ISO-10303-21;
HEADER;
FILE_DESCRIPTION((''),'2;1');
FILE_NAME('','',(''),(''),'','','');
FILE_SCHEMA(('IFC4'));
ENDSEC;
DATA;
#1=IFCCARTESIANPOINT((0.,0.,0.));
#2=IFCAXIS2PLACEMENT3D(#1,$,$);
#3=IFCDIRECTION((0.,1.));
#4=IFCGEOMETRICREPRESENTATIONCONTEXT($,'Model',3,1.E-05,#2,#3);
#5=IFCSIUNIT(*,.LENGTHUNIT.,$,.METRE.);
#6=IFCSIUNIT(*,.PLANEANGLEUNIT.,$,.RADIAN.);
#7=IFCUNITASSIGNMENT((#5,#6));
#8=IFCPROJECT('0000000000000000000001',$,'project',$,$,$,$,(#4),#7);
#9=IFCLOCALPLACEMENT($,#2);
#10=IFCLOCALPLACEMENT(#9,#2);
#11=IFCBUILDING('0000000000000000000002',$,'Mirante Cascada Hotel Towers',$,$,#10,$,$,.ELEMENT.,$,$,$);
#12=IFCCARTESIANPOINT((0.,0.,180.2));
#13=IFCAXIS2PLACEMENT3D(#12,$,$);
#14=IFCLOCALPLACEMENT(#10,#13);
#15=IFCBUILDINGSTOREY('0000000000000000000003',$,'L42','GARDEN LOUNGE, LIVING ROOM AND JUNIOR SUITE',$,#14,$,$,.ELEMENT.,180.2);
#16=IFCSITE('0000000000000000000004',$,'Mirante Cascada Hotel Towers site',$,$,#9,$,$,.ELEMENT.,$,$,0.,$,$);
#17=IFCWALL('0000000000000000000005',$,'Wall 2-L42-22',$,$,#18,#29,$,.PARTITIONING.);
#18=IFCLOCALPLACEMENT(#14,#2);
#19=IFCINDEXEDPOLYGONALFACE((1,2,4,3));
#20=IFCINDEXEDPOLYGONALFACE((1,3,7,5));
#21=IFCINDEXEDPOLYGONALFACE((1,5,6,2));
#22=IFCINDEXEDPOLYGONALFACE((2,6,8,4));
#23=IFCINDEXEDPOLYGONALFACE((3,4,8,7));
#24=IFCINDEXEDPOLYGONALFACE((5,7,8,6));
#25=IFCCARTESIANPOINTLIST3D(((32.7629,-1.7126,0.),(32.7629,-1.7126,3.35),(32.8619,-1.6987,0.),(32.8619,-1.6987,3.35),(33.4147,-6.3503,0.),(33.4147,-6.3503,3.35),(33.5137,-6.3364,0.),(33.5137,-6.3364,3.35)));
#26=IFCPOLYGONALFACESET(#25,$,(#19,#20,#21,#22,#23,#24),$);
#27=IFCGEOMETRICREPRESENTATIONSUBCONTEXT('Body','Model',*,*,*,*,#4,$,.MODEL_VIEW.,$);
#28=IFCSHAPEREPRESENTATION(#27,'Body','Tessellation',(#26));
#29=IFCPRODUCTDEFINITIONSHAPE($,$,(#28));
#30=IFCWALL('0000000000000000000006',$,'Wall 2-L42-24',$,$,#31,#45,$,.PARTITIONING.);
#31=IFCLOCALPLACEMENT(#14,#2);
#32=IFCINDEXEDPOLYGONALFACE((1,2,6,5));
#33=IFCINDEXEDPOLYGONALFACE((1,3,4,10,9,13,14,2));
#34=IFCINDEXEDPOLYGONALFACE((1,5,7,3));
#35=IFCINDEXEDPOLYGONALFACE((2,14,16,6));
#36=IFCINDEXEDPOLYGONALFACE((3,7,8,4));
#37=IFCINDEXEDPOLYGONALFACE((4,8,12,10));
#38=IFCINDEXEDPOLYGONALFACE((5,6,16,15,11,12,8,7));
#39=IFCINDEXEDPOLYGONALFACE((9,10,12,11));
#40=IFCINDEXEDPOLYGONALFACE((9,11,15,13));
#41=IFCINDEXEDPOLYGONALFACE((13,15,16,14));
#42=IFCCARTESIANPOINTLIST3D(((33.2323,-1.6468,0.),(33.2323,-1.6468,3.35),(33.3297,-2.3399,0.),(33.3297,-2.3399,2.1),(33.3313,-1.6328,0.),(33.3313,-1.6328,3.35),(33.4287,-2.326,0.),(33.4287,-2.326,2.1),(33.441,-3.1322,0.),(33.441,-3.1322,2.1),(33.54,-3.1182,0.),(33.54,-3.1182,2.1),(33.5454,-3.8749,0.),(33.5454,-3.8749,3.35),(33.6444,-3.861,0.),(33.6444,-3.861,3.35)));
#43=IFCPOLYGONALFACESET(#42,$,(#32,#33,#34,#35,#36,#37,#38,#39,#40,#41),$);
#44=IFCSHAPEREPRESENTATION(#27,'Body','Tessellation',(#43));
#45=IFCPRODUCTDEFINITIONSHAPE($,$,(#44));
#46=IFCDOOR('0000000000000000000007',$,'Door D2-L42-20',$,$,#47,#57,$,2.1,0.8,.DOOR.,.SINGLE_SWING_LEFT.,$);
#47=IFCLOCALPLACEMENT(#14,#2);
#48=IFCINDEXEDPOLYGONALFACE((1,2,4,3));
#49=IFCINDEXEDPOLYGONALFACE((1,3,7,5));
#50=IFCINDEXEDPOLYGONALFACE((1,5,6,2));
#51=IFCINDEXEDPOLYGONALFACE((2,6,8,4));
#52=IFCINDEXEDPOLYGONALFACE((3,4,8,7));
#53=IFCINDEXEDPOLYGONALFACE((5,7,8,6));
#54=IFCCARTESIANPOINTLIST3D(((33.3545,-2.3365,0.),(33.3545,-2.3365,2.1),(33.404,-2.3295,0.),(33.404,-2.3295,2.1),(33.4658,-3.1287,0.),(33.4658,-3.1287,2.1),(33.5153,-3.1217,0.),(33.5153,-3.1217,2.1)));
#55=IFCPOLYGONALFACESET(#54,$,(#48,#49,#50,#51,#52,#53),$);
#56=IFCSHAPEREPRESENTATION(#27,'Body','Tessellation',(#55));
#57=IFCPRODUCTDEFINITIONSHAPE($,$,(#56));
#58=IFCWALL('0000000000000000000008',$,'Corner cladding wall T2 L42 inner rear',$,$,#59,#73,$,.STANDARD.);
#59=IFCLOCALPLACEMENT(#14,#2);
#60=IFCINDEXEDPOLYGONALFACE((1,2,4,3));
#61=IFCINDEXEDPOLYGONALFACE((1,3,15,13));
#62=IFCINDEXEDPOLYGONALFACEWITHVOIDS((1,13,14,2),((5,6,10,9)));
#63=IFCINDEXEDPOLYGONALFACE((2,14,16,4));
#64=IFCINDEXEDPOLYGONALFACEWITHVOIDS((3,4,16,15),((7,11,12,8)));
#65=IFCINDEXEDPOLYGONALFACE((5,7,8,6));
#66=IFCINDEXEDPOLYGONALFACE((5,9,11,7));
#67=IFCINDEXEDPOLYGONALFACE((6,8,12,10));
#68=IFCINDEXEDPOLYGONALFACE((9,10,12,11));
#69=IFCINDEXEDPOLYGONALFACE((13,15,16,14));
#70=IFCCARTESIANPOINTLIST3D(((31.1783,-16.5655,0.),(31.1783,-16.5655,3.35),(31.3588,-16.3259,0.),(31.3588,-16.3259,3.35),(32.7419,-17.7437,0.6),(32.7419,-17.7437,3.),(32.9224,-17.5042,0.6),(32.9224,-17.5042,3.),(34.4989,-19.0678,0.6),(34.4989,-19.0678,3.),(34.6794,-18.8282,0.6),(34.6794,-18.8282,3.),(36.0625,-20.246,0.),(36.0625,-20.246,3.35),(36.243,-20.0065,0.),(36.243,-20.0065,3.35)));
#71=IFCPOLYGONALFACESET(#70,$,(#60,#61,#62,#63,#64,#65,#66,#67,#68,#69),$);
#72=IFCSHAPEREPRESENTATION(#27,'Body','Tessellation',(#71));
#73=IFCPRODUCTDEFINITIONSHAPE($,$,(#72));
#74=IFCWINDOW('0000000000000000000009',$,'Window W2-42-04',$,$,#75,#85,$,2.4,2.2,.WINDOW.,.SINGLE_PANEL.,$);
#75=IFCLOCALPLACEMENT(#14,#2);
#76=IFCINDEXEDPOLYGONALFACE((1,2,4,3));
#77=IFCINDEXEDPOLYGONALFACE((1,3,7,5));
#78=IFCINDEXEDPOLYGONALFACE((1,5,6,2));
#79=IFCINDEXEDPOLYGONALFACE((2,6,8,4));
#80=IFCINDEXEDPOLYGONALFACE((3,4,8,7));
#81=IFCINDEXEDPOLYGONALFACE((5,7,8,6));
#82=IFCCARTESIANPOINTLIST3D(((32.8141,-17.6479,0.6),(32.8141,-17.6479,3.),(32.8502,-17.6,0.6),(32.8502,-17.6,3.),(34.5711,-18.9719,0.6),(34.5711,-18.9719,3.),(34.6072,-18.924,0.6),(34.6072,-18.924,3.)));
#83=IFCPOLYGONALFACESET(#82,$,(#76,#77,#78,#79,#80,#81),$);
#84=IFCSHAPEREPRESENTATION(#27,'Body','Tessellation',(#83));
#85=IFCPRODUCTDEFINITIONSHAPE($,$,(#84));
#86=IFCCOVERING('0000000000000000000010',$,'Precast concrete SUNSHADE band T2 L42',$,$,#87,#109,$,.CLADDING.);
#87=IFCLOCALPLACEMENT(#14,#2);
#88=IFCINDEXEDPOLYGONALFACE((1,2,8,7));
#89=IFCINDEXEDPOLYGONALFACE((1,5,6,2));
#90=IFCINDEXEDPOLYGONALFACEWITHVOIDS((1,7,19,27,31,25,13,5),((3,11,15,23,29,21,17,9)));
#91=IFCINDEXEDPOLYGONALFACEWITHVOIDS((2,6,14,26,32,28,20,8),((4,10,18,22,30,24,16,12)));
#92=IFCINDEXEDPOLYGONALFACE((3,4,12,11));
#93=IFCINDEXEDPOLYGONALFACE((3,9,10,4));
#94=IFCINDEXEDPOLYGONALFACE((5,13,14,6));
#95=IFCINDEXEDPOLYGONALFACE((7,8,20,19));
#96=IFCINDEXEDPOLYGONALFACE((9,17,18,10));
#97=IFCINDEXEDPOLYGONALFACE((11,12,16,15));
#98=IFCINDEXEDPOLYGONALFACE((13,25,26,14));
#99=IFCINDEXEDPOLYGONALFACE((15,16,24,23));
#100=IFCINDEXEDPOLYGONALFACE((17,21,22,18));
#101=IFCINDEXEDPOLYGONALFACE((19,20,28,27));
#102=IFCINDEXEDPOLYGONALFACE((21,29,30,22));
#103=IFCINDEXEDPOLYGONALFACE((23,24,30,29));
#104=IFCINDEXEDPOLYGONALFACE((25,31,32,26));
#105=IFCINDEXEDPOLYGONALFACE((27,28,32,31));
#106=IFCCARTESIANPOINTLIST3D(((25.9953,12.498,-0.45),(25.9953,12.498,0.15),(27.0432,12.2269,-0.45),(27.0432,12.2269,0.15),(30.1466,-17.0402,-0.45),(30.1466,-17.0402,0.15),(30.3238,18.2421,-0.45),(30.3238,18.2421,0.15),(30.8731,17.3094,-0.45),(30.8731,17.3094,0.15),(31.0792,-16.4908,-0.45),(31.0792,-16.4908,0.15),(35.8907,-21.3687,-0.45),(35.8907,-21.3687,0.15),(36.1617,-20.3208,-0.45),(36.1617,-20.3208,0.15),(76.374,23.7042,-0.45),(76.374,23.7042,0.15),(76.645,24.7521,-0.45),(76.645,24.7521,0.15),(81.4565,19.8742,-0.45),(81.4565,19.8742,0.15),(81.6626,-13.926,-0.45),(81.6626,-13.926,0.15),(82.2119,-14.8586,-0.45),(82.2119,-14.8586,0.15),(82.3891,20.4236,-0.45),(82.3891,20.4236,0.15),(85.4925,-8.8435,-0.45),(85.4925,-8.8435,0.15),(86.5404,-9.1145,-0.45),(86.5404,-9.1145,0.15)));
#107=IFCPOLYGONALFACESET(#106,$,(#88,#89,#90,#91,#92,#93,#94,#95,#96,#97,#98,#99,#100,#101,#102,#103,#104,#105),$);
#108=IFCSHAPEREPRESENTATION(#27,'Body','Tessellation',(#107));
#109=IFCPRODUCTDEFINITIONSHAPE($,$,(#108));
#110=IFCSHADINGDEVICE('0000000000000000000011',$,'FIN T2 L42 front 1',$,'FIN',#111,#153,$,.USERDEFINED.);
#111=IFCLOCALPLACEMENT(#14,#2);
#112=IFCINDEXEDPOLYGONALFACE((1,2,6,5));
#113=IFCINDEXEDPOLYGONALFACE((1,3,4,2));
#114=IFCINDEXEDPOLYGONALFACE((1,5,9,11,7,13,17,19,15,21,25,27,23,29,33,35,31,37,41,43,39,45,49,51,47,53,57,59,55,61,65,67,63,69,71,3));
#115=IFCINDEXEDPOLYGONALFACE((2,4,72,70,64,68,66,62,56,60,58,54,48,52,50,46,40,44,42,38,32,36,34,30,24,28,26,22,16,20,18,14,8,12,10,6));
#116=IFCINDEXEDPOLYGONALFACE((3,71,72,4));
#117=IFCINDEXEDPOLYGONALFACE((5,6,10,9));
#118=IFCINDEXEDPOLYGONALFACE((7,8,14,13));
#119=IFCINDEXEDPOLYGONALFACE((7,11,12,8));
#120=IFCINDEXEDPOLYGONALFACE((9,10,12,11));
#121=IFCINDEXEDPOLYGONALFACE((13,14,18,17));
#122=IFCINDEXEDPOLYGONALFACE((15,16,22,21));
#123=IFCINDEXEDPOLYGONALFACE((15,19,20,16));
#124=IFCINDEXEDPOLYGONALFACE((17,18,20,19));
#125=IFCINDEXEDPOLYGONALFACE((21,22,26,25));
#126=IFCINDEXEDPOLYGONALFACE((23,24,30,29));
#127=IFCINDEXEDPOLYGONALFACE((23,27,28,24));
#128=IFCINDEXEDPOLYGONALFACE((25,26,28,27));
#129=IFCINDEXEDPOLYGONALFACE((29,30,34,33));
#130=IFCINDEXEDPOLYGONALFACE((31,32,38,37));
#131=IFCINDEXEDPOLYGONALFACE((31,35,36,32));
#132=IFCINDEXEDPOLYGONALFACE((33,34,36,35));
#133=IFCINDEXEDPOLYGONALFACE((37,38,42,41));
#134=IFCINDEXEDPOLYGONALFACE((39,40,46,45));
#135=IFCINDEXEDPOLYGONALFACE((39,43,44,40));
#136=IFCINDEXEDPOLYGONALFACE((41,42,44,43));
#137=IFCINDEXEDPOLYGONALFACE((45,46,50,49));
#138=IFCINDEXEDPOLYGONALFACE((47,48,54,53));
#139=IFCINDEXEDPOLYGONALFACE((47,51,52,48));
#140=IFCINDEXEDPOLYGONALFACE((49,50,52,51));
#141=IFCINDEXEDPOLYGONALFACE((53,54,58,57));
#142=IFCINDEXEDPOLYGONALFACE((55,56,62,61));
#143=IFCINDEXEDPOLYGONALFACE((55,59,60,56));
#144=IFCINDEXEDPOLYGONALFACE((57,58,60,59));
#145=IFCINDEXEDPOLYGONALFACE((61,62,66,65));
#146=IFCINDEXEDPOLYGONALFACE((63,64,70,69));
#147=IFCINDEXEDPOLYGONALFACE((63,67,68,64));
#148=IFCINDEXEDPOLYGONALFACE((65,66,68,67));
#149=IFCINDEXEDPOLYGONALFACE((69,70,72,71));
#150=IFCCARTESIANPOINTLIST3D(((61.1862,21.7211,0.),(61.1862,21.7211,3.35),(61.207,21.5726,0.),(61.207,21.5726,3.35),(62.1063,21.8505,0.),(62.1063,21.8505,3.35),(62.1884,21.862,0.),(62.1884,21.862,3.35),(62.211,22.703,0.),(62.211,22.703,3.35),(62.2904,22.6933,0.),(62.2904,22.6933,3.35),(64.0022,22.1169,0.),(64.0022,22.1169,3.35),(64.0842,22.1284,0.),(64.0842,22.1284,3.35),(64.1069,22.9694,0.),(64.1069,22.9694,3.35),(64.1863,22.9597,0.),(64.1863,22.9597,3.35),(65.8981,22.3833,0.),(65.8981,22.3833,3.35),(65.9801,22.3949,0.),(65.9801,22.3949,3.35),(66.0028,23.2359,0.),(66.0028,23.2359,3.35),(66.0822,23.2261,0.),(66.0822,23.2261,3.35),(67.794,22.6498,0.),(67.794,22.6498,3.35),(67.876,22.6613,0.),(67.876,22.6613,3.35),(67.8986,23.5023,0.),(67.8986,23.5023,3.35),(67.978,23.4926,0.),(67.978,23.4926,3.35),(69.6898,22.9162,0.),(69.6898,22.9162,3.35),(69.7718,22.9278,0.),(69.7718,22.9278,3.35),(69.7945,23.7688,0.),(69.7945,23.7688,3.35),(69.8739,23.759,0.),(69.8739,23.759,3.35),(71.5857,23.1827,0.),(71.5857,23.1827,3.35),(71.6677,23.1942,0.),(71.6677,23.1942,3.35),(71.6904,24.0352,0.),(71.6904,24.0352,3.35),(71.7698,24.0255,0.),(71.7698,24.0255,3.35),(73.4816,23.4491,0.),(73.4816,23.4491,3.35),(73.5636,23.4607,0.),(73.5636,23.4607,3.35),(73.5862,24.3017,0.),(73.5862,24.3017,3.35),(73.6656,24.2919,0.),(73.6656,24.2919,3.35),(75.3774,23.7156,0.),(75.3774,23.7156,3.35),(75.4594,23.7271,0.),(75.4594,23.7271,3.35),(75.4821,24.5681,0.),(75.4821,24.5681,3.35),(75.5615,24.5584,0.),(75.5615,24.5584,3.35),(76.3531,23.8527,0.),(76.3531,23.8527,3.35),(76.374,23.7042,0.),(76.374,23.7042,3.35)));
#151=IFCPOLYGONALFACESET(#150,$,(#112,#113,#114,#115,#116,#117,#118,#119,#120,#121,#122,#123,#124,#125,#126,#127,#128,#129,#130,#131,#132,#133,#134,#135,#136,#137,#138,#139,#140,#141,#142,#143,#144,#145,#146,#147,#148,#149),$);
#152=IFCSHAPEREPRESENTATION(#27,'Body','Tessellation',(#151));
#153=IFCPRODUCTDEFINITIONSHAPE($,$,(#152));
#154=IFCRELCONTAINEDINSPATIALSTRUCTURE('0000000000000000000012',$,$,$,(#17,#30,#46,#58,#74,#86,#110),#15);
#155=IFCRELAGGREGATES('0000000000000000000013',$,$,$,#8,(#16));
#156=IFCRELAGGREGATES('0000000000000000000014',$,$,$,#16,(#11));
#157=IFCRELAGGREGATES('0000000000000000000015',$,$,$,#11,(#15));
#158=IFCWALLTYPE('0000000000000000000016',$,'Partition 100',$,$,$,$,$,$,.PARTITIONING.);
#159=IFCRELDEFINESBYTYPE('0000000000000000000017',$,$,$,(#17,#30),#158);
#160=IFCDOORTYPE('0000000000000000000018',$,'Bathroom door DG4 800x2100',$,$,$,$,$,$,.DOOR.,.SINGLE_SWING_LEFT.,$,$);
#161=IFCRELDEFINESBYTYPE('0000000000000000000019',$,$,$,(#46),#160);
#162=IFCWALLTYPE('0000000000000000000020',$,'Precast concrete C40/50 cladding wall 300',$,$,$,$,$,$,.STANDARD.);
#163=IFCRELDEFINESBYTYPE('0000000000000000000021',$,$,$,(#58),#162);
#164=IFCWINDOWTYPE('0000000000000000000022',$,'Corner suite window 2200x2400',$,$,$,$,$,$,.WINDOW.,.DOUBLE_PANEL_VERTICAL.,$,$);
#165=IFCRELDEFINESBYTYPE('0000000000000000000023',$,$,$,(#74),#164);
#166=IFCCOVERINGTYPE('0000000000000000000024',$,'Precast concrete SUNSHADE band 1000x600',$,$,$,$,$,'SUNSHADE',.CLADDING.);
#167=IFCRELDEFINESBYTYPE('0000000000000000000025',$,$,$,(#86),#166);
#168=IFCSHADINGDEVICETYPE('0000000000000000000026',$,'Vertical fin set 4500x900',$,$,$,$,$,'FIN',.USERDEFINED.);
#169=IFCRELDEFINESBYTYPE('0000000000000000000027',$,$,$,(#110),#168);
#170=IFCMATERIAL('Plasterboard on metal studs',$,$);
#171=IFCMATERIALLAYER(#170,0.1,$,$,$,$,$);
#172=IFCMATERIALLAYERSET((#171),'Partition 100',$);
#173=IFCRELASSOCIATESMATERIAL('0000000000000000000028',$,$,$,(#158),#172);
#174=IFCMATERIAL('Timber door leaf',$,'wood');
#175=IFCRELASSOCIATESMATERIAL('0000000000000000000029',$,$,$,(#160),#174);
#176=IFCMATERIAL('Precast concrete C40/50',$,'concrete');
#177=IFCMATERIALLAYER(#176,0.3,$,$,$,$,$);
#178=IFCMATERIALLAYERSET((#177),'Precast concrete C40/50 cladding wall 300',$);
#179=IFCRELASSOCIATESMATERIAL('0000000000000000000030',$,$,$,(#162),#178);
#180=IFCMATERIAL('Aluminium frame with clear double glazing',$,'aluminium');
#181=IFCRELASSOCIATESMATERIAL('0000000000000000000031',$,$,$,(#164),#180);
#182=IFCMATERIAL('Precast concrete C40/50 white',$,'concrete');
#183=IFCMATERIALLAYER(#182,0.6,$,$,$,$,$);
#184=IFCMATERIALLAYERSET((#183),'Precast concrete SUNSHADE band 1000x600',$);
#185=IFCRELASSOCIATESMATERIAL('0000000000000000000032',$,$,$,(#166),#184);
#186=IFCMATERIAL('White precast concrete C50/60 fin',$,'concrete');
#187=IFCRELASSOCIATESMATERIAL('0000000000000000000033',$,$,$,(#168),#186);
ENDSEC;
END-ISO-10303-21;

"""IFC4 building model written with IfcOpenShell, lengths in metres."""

from ifc_helpers import new_model, si_unit, direction, frame, frame_2d, origin, place, context, subcontext, project, spatial, polyline, rectangle, outline, extrude, material, layer, layer_set, type_object, element, fill, save


model = new_model("IFC4")

# Units and contexts
model_context = context("Model", 3, precision=1e-05, world=origin(), true_north=direction((0.0, 1.0)))
body_context = subcontext(model_context, "Body", "Model", "MODEL_VIEW")
ifc_project = project(units=[si_unit("LENGTHUNIT", "METRE"), si_unit("PLANEANGLEUNIT", "RADIAN")], contexts=[model_context])

# Site, building, storey
site_placement = place(None, origin())
site = spatial("IfcSite", under=ifc_project, at=site_placement, Name="Mirante Cascada Hotel Towers site", CompositionType="ELEMENT", RefElevation=0.0)
building_placement = place(site_placement, origin())
building = spatial("IfcBuilding", under=site, at=building_placement, Name="Mirante Cascada Hotel Towers", CompositionType="ELEMENT")
storey_placement = place(building_placement, frame((0.0, 0.0, 180.2)))
storey = spatial("IfcBuildingStorey", under=building, at=storey_placement, Name="L42", Description="GARDEN LOUNGE, LIVING ROOM AND JUNIOR SUITE", CompositionType="ELEMENT", Elevation=180.2)

# Shared definitions
ifc_material_1 = material(Name="Plasterboard on metal studs")
ifc_layer_1 = layer(ifc_material_1, 0.1)
ifc_layer_set_1 = layer_set([ifc_layer_1], Name="Partition 100")
wall_type_1 = type_object("IfcWallType", Name="Partition 100", PredefinedType="PARTITIONING", material=ifc_layer_set_1)

# Shared definitions
ifc_material_2 = material(Name="Timber door leaf", Category="wood")
door_type_1 = type_object("IfcDoorType", Name="Bathroom door DG4 800x2100", OperationType="SINGLE_SWING_LEFT", PredefinedType="DOOR", material=ifc_material_2)

# Wall
wall_1_placement = place(storey_placement, frame((32.8124, -1.7057, 0.0), z_axis=(0.0, 0.0, 1.0), x_axis=(0.139176, -0.990268, 0.0)))
element("IfcWall", 1, at=wall_1_placement, inside=storey, type_object=wall_type_1, Name="Wall 2-L42-22", PredefinedType="PARTITIONING", context=body_context, shape_type="SweptSolid", body=[
    extrude(rectangle(XDim=4.6833, YDim=0.1, at=frame_2d((2.3416, 0.0))), origin(), (0.0, 0.0, 1.0), 3.35),
])

# Wall, opening, door
wall_2_placement = place(storey_placement, frame((33.2818, -1.6398, 0.0), z_axis=(0.0, 0.0, 1.0), x_axis=(0.139156, -0.990271, 0.0)))
wall_2 = element("IfcWall", 2, at=wall_2_placement, inside=storey, type_object=wall_type_1, Name="Wall 2-L42-24", PredefinedType="PARTITIONING", context=body_context, shape_type="SweptSolid", body=[
    extrude(rectangle(XDim=2.25, YDim=0.1, at=frame_2d((1.125, 0.0))), origin(), (0.0, 0.0, 1.0), 3.35),
])
opening_1_placement = place(wall_2_placement, frame((0.7, 0.0, 0.0)))
opening_1 = element("IfcOpeningElement", 3, at=opening_1_placement, cuts=wall_2, PredefinedType="OPENING", context=body_context, shape_type="SweptSolid", body=[
    extrude(rectangle(XDim=0.8, YDim=2.1, at=frame_2d((0.4, 1.05))), frame((0.0, 0.05, 0.0), z_axis=(0.0, -1.0, 0.0), x_axis=(1.0, 0.0, 0.0)), (0.0, 0.0, 1.0), 0.1),
])
door_1_placement = place(opening_1_placement, origin())
door_1 = element("IfcDoor", 4, at=door_1_placement, inside=storey, type_object=door_type_1, Name="Door D2-L42-20", OperationType="SINGLE_SWING_LEFT", OverallHeight=2.1, OverallWidth=0.8, PredefinedType="DOOR", context=body_context, shape_type="SweptSolid", body=[
    extrude(rectangle(XDim=0.8, YDim=2.1, at=frame_2d((0.4, 1.05))), frame((0.0, 0.025, 0.0), z_axis=(0.0, -1.0, 0.0), x_axis=(1.0, 0.0, 0.0)), (0.0, 0.0, 1.0), 0.05),
])
fill(opening_1, door_1)

# Wall, opening, window
ifc_material_3 = material(Name="Precast concrete C40/50", Category="concrete")
ifc_layer_2 = layer(ifc_material_3, 0.3)
ifc_layer_set_2 = layer_set([ifc_layer_2], Name="Precast concrete C40/50 cladding wall 300")
wall_type_2 = type_object("IfcWallType", Name="Precast concrete C40/50 cladding wall 300", PredefinedType="STANDARD", material=ifc_layer_set_2)
wall_3_placement = place(storey_placement, frame((31.2686, -16.4457, 0.0), z_axis=(0.0, 0.0, 1.0), x_axis=(0.798628, -0.601824, 0.0)))
wall_3 = element("IfcWall", 5, at=wall_3_placement, inside=storey, type_object=wall_type_2, Name="Corner cladding wall T2 L42 inner rear", PredefinedType="STANDARD", context=body_context, shape_type="SweptSolid", body=[
    extrude(rectangle(XDim=6.1157, YDim=0.3, at=frame_2d((3.0578, 0.0))), origin(), (0.0, 0.0, 1.0), 3.35),
])
opening_2_placement = place(wall_3_placement, frame((1.9578, 0.0, 0.6)))
opening_2 = element("IfcOpeningElement", 6, at=opening_2_placement, cuts=wall_3, PredefinedType="OPENING", context=body_context, shape_type="SweptSolid", body=[
    extrude(rectangle(XDim=2.2, YDim=2.4, at=frame_2d((1.1, 1.2))), frame((0.0, 0.15, 0.0), z_axis=(0.0, -1.0, 0.0), x_axis=(1.0, 0.0, 0.0)), (0.0, 0.0, 1.0), 0.3),
])
ifc_material_4 = material(Name="Aluminium frame with clear double glazing", Category="aluminium")
window_type = type_object("IfcWindowType", Name="Corner suite window 2200x2400", PartitioningType="DOUBLE_PANEL_VERTICAL", PredefinedType="WINDOW", material=ifc_material_4)
window_placement = place(opening_2_placement, origin())
window = element("IfcWindow", 7, at=window_placement, inside=storey, type_object=window_type, Name="Window W2-42-04", OverallHeight=2.4, OverallWidth=2.2, PartitioningType="SINGLE_PANEL", PredefinedType="WINDOW", context=body_context, shape_type="SweptSolid", body=[
    extrude(rectangle(XDim=2.2, YDim=2.4, at=frame_2d((1.1, 1.2))), frame((0.0, 0.03, 0.0), z_axis=(0.0, -1.0, 0.0), x_axis=(1.0, 0.0, 0.0)), (0.0, 0.0, 1.0), 0.06),
])
fill(opening_2, window)

# Covering
ifc_material_5 = material(Name="Precast concrete C40/50 white", Category="concrete")
ifc_layer_3 = layer(ifc_material_5, 0.6)
ifc_layer_set_3 = layer_set([ifc_layer_3], Name="Precast concrete SUNSHADE band 1000x600")
covering_type = type_object("IfcCoveringType", Name="Precast concrete SUNSHADE band 1000x600", ElementType="SUNSHADE", PredefinedType="CLADDING", material=ifc_layer_set_3)
covering_placement = place(storey_placement, frame((0.0, 0.0, -0.45)))
element("IfcCovering", 8, at=covering_placement, inside=storey, type_object=covering_type, Name="Precast concrete SUNSHADE band T2 L42", PredefinedType="CLADDING", context=body_context, shape_type="SweptSolid", body=[
    extrude(outline(polyline([(25.9953, 12.498), (30.3238, 18.2421), (76.645, 24.7521), (82.3891, 20.4236), (86.5404, -9.1145), (82.2119, -14.8586), (35.8907, -21.3687), (30.1466, -17.0402), (25.9953, 12.498)]), holes=[polyline([(85.4925, -8.8435), (81.4565, 19.8742), (76.374, 23.7042), (30.8731, 17.3094), (27.0432, 12.2269), (31.0792, -16.4908), (36.1617, -20.3208), (81.6626, -13.926), (85.4925, -8.8435)])]), origin(), (0.0, 0.0, 1.0), 0.6),
])

# Shading device
ifc_material_6 = material(Name="White precast concrete C50/60 fin", Category="concrete")
shading_device_type = type_object("IfcShadingDeviceType", Name="Vertical fin set 4500x900", ElementType="FIN", PredefinedType="USERDEFINED", material=ifc_material_6)
shading_device_1_placement = place(storey_placement, origin())
element("IfcShadingDevice", 9, at=shading_device_1_placement, inside=storey, type_object=shading_device_type, Name="FIN T2 L42 front 1", ObjectType="FIN", PredefinedType="USERDEFINED", context=body_context, shape_type="SweptSolid", body=[
    extrude(outline(polyline([(62.2904, 22.6933), (62.1884, 21.862), (64.0022, 22.1169), (64.1069, 22.9694), (64.1863, 22.9597), (64.0842, 22.1284), (65.8981, 22.3833), (66.0028, 23.2359), (66.0822, 23.2261), (65.9801, 22.3949), (67.794, 22.6498), (67.8986, 23.5023), (67.978, 23.4926), (67.876, 22.6613), (69.6898, 22.9162), (69.7945, 23.7688), (69.8739, 23.759), (69.7718, 22.9278), (71.5857, 23.1827), (71.6904, 24.0352), (71.7698, 24.0255), (71.6677, 23.1942), (73.4816, 23.4491), (73.5862, 24.3017), (73.6656, 24.2919), (73.5636, 23.4607), (75.3774, 23.7156), (75.4821, 24.5681), (75.5615, 24.5584), (75.4594, 23.7271), (76.3531, 23.8527), (76.374, 23.7042), (61.207, 21.5726), (61.1862, 21.7211), (62.1063, 21.8505), (62.211, 22.703), (62.2904, 22.6933)])), origin(), (0.0, 0.0, 1.0), 3.35),
])

save(model, "model.ifc")
